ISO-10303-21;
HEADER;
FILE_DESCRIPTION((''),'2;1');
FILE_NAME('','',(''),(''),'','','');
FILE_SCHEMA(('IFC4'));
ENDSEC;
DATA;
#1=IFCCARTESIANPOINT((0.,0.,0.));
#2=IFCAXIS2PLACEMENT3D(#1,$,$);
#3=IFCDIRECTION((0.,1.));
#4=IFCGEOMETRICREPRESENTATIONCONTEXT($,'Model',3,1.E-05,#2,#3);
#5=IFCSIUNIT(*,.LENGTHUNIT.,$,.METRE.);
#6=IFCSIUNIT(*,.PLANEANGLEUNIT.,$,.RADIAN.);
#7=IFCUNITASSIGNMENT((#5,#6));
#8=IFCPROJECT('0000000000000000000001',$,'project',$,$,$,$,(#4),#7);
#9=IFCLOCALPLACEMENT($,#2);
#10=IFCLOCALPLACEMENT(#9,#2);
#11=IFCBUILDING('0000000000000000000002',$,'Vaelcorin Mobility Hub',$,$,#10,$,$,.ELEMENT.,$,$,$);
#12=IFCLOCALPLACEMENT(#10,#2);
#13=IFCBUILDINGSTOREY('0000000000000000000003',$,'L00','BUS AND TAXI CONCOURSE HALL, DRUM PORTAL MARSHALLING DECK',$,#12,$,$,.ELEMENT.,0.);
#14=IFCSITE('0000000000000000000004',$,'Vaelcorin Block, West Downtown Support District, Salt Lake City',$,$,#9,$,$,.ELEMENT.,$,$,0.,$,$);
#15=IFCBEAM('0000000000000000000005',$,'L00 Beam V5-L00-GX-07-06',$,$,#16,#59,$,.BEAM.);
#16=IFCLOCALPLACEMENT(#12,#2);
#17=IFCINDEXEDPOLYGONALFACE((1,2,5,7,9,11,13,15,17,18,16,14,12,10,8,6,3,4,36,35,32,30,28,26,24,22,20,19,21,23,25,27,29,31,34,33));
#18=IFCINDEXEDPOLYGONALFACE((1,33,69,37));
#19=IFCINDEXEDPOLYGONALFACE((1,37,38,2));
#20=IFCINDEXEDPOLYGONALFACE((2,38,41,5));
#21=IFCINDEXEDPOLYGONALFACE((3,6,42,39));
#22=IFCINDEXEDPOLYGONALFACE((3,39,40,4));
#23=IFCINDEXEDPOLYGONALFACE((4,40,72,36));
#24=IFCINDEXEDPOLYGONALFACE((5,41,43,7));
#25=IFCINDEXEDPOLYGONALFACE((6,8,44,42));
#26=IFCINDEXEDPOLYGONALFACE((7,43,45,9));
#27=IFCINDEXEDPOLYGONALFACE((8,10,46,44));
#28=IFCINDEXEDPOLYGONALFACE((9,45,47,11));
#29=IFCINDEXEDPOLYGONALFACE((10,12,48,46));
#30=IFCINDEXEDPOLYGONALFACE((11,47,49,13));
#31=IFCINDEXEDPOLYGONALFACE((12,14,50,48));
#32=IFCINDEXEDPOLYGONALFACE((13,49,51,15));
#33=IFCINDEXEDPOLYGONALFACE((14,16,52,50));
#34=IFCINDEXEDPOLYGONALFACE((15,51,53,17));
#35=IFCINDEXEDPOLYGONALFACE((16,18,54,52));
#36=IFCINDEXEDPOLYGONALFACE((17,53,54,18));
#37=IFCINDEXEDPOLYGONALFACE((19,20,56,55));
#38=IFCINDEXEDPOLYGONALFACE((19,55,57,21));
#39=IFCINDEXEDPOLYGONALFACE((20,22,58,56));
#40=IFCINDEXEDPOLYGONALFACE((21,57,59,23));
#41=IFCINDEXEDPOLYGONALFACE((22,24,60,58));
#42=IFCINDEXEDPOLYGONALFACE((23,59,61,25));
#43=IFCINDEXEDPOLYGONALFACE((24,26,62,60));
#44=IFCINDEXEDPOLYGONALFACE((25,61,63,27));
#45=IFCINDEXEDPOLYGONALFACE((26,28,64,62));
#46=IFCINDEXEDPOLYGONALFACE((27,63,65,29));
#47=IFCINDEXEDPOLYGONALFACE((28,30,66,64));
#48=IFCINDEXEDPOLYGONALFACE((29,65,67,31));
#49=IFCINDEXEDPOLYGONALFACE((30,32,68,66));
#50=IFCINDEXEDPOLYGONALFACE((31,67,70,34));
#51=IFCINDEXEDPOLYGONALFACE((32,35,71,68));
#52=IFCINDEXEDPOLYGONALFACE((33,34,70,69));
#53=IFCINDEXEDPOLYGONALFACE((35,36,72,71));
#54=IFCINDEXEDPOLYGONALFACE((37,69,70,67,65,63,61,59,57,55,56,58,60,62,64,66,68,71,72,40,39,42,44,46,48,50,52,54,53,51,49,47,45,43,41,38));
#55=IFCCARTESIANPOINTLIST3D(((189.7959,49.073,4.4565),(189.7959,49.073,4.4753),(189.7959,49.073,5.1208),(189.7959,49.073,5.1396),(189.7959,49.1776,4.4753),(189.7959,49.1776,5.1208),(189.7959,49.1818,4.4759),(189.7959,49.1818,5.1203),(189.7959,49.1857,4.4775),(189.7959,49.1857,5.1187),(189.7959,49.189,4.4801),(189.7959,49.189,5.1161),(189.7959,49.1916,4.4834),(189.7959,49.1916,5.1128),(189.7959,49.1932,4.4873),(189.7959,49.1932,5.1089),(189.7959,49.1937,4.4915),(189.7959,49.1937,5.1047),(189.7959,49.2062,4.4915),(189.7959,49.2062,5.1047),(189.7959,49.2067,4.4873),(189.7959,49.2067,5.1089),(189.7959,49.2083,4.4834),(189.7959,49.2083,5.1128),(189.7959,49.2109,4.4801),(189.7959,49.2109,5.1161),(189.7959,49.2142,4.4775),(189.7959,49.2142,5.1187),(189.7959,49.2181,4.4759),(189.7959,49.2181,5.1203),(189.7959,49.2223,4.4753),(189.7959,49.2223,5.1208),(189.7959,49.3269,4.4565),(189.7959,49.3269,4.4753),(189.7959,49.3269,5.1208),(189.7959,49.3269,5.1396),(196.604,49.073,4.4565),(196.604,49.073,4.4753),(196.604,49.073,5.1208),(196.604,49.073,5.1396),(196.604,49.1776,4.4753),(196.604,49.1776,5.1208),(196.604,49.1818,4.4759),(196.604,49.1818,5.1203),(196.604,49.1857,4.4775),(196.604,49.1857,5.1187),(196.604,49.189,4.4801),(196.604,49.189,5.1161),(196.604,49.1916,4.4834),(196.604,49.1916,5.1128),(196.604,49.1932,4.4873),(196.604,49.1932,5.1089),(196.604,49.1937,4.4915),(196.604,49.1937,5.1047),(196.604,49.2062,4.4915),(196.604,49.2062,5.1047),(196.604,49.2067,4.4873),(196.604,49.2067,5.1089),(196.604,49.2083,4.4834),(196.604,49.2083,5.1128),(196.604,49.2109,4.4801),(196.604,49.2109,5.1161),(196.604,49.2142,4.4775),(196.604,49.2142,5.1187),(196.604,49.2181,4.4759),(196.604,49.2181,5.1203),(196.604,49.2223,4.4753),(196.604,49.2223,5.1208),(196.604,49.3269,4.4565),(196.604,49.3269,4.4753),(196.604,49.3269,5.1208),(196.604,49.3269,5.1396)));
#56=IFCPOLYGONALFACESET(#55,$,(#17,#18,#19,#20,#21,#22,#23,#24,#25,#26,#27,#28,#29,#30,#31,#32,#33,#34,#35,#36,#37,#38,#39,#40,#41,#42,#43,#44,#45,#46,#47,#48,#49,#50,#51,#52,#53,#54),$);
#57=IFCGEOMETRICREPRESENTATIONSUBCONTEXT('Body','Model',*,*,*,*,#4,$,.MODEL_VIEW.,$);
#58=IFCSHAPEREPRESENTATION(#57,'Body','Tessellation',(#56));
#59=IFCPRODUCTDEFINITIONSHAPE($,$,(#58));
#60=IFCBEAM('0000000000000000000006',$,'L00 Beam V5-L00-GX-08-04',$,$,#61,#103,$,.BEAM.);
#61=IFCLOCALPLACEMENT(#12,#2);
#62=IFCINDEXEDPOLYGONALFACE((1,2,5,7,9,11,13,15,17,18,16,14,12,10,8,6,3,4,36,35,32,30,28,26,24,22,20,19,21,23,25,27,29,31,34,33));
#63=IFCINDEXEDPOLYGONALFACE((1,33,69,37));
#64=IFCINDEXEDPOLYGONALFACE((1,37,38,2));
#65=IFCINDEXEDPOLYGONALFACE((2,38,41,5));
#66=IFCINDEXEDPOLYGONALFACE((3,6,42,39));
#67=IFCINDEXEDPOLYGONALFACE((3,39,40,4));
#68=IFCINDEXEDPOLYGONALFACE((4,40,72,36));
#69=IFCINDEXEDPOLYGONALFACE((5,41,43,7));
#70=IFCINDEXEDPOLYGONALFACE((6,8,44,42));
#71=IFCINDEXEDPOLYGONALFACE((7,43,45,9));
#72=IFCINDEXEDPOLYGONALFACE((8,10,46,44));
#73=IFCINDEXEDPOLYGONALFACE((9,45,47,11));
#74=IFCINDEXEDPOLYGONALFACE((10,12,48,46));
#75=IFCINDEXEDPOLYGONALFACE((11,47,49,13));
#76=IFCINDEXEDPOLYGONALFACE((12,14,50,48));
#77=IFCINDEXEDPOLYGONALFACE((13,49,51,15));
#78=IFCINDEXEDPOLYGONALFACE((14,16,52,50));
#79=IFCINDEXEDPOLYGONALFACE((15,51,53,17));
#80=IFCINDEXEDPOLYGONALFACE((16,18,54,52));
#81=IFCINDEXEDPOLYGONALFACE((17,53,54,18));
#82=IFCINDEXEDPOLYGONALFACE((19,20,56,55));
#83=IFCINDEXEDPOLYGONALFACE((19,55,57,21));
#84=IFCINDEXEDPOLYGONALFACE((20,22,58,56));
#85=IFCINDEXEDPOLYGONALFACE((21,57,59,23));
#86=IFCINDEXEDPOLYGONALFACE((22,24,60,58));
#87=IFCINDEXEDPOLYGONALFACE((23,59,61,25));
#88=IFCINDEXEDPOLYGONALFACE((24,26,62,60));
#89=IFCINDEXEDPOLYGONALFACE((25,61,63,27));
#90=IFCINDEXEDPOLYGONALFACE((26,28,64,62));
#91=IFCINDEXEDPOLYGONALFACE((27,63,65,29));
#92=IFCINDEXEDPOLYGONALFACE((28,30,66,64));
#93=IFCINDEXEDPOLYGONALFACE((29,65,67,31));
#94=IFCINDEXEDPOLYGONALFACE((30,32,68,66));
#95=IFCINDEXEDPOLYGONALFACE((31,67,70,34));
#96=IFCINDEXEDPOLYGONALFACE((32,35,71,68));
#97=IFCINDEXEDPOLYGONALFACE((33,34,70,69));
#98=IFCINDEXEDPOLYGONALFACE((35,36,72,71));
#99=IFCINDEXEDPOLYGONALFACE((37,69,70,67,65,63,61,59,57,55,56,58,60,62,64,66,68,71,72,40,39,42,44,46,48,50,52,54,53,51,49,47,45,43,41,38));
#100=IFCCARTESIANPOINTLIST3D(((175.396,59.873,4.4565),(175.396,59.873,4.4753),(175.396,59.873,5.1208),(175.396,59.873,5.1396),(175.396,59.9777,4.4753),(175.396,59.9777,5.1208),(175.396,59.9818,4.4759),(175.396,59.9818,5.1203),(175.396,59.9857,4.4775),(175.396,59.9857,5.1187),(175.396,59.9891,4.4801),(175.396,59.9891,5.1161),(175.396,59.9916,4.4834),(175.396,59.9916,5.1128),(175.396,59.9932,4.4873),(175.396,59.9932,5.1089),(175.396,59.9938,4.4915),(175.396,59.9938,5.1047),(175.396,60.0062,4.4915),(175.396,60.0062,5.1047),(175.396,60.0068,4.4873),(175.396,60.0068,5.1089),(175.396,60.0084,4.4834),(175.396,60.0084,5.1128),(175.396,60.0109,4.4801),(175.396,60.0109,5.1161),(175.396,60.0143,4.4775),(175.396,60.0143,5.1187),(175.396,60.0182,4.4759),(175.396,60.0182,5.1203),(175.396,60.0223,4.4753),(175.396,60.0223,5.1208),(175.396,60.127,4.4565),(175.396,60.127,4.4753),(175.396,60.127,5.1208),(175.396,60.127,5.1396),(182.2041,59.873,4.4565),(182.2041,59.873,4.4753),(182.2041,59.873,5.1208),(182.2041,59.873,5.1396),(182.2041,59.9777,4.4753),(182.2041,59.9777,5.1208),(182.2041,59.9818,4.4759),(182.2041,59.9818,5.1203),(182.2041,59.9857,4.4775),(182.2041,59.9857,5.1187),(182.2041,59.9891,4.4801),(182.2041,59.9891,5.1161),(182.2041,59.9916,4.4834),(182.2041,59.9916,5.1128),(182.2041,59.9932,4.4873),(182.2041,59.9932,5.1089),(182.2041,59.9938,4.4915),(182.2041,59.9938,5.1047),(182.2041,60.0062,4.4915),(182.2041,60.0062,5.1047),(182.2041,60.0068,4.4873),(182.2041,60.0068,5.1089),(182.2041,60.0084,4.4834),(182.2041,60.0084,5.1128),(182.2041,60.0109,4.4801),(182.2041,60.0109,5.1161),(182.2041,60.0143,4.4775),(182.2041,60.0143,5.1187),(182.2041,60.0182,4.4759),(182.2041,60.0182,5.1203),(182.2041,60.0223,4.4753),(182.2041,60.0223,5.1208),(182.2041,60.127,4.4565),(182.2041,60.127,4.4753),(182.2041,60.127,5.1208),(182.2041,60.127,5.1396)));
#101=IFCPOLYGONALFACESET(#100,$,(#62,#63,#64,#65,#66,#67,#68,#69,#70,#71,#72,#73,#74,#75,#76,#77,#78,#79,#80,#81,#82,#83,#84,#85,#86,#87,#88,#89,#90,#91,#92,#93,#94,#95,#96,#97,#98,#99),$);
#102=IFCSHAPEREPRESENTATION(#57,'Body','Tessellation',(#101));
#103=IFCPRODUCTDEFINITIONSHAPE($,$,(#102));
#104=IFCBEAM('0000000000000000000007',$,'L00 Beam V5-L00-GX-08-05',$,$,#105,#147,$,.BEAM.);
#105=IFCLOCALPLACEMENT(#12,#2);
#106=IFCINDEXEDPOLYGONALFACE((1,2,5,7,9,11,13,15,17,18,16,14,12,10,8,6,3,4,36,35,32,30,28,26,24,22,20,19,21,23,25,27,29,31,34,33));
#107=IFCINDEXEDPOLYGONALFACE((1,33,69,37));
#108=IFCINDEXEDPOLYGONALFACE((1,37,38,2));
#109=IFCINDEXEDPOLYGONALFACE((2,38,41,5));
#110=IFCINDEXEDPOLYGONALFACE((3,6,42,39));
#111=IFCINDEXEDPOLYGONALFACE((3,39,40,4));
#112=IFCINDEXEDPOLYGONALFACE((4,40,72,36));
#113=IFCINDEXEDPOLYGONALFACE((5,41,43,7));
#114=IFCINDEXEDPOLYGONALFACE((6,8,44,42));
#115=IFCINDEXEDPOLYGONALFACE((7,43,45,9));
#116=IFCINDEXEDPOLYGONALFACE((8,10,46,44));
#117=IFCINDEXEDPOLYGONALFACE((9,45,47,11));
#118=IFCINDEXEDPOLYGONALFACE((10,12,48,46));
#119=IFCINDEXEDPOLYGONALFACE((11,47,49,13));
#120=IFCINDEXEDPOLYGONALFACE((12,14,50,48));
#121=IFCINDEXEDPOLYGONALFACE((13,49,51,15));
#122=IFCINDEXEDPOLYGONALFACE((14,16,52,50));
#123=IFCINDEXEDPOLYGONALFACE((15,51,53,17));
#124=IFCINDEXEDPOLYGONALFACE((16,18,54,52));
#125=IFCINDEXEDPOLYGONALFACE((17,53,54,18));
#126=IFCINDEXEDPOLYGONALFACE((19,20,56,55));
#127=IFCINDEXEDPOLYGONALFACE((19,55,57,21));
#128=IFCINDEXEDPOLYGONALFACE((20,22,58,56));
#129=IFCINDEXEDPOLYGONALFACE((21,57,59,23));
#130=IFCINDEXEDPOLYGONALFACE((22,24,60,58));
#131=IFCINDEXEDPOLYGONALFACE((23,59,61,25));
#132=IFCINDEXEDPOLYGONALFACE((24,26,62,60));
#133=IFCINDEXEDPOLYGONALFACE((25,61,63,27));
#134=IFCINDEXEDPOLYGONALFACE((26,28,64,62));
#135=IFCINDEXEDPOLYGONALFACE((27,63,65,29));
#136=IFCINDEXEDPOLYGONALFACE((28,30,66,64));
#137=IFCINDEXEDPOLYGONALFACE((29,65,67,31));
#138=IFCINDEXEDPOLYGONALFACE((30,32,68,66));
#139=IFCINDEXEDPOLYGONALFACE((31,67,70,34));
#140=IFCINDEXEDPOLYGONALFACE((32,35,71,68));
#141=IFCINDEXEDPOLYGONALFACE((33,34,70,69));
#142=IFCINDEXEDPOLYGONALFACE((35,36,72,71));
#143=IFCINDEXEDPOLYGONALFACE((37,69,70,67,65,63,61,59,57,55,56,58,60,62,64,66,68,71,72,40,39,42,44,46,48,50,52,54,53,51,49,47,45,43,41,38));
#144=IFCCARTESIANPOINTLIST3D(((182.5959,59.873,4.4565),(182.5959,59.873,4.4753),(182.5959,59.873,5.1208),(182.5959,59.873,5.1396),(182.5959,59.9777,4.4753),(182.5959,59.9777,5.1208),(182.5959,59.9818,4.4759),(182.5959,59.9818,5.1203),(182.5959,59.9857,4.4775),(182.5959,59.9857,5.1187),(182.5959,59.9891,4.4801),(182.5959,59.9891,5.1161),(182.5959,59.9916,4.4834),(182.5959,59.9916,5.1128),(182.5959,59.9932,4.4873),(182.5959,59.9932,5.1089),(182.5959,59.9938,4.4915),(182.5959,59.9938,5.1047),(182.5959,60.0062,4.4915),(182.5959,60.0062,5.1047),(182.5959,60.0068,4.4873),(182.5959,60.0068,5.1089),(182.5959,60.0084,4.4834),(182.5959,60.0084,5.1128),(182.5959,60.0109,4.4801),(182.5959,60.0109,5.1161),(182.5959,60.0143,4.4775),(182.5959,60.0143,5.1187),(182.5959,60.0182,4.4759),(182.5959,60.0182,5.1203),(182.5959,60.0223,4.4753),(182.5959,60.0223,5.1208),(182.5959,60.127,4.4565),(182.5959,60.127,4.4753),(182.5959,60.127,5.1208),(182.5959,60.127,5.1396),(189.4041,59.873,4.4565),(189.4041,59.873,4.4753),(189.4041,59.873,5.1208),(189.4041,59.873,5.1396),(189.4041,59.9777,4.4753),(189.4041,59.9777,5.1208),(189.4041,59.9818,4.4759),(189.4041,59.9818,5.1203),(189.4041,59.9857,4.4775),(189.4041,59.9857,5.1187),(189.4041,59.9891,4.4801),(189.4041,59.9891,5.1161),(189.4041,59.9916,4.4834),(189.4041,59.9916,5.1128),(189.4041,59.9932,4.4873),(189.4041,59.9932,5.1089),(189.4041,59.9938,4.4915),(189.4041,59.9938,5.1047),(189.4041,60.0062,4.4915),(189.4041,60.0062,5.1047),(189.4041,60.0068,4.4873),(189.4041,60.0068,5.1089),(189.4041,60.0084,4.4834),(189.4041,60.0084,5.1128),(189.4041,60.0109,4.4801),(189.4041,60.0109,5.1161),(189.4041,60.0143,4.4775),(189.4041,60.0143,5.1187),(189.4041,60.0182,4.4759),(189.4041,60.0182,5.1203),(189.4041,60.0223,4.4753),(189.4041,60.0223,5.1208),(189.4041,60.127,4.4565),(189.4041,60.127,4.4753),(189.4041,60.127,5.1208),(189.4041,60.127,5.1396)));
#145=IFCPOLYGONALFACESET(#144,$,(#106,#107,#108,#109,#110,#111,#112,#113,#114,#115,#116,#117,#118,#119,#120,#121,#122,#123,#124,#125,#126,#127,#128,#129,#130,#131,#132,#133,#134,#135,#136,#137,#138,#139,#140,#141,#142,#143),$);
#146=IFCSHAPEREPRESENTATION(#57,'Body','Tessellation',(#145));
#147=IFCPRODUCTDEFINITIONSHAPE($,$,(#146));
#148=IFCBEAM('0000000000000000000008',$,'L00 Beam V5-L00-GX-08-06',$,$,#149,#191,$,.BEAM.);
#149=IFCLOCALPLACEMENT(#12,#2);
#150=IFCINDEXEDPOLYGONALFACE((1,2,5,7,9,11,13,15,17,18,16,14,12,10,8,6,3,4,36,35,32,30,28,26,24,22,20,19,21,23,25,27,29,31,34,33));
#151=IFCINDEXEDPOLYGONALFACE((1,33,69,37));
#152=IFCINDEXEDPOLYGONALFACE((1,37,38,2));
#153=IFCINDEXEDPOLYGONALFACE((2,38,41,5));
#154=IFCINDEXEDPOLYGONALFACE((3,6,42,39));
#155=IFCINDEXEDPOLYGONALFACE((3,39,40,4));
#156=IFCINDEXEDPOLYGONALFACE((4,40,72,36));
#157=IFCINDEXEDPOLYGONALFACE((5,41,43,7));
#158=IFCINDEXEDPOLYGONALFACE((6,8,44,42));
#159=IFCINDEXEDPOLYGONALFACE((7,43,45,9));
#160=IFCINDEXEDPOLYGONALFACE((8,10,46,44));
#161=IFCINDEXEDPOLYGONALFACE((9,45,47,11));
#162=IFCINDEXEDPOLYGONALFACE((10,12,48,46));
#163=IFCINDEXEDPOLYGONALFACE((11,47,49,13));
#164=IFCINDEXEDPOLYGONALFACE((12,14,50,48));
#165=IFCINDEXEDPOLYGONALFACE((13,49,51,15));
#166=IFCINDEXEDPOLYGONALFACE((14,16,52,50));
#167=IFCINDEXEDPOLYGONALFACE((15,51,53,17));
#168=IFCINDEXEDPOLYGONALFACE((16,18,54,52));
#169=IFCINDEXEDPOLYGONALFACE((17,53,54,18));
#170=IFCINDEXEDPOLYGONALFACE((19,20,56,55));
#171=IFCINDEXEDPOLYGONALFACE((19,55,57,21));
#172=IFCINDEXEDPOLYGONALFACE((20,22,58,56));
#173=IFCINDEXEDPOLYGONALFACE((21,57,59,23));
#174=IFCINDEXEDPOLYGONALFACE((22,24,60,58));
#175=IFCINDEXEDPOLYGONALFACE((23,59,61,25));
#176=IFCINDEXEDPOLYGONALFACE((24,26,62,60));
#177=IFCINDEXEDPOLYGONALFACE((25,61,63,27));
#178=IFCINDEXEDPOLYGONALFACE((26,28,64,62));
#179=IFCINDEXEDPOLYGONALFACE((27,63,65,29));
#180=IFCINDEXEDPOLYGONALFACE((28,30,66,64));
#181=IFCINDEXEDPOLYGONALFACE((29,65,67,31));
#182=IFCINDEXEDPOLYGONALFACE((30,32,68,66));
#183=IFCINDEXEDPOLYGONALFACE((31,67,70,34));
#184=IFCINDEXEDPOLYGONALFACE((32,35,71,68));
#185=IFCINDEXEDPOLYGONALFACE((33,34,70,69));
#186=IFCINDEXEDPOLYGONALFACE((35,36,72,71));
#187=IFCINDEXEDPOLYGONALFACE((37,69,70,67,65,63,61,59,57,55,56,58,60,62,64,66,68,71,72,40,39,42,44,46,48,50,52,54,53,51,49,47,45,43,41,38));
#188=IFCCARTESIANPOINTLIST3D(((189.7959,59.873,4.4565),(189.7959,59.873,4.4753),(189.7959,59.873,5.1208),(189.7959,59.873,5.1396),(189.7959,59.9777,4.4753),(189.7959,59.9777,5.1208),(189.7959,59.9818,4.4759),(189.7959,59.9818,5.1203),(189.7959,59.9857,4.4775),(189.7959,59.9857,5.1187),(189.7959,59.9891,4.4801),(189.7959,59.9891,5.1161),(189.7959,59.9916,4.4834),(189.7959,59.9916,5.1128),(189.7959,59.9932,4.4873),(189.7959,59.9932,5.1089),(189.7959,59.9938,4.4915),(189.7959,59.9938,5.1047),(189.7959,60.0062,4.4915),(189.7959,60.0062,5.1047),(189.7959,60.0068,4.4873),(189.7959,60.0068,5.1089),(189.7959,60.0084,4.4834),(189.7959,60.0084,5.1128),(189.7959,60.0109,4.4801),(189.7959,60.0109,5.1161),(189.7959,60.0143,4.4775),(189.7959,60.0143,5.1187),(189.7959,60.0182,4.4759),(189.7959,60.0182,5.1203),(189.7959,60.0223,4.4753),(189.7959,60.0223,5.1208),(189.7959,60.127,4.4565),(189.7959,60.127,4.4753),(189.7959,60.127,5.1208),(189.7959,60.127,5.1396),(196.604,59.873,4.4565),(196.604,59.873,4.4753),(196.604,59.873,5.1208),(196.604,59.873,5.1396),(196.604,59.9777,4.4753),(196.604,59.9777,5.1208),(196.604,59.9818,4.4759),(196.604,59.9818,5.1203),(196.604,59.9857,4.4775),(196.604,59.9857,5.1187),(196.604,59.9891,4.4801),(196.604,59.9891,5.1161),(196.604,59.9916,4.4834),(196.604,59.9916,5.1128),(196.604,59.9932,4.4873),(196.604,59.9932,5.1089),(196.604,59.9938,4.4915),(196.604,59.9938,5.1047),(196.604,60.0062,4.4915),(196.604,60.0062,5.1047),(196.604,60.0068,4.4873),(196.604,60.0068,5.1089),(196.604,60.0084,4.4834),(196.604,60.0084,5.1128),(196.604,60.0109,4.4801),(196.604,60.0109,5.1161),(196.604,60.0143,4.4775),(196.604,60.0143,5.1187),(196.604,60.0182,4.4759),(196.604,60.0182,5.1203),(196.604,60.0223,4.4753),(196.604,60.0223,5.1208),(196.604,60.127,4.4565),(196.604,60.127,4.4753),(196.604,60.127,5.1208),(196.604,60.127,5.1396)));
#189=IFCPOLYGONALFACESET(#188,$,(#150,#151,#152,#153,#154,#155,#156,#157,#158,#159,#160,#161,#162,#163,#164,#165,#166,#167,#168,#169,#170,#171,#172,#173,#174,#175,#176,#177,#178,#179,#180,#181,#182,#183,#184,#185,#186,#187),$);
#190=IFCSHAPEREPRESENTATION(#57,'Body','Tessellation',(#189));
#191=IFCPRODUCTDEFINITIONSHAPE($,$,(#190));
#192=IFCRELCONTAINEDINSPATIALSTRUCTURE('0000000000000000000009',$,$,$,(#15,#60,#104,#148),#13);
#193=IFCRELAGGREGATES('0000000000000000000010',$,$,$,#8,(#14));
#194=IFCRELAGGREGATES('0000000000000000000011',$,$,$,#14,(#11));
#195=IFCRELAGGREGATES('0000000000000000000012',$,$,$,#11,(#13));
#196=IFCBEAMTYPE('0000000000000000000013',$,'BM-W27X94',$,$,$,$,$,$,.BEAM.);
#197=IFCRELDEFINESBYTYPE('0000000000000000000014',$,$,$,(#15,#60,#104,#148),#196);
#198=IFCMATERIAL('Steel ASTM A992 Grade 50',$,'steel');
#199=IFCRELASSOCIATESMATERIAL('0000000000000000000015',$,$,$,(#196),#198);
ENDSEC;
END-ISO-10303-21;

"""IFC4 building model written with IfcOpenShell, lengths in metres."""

from ifc_helpers import new_model, si_unit, direction, frame, origin, origin_2d, place, context, subcontext, project, spatial, i_section, extrude, material, material_profile, profile_set, type_object, element, save


model = new_model("IFC4")

# Units and contexts
model_context = context("Model", 3, precision=1e-05, world=origin(), true_north=direction((0.0, 1.0)))
body_context = subcontext(model_context, "Body", "Model", "MODEL_VIEW")
ifc_project = project(units=[si_unit("LENGTHUNIT", "METRE"), si_unit("PLANEANGLEUNIT", "RADIAN")], contexts=[model_context])

# Site, building, storey
site_placement = place(None, origin())
site = spatial("IfcSite", under=ifc_project, at=site_placement, Name="Vaelcorin Block, West Downtown Support District, Salt Lake City", CompositionType="ELEMENT", RefElevation=0.0)
building_placement = place(site_placement, origin())
building = spatial("IfcBuilding", under=site, at=building_placement, Name="Vaelcorin Mobility Hub", CompositionType="ELEMENT")
storey_placement = place(building_placement, origin())
storey = spatial("IfcBuildingStorey", under=building, at=storey_placement, Name="L00", Description="BUS AND TAXI CONCOURSE HALL, DRUM PORTAL MARSHALLING DECK", CompositionType="ELEMENT", Elevation=0.0)

# Shared definitions
ifc_material = material(Name="Steel ASTM A992 Grade 50", Category="steel")

# Beams
ifc_material_profile_1 = material_profile(ifc_material, i_section(OverallWidth=0.2539, OverallDepth=0.6831, WebThickness=0.0125, FlangeThickness=0.0188, FilletRadius=0.0161, at=origin_2d()), Name="W27X94")
ifc_profile_set_1 = profile_set([ifc_material_profile_1], Name="Steel ASTM A992 Grade 50")
beam_type_1 = type_object("IfcBeamType", Name="BM-W27X94", PredefinedType="BEAM", material=ifc_profile_set_1)
for number, where, z_axis, x_axis, name in (
    (1, (189.7959, 49.2, 4.7981), (1.0, 0.0, 0.0), (0.0, 1.0, 0.0), "L00 Beam V5-L00-GX-07-06"),
    (2, (175.396, 60.0, 4.7981), (1.0, 0.0, 0.0), (0.0, 1.0, 0.0), "L00 Beam V5-L00-GX-08-04"),
    (3, (182.5959, 60.0, 4.7981), (1.0, 0.0, 0.0), (0.0, 1.0, 0.0), "L00 Beam V5-L00-GX-08-05"),
    (4, (189.7959, 60.0, 4.7981), (1.0, 0.0, 0.0), (0.0, 1.0, 0.0), "L00 Beam V5-L00-GX-08-06"),
):
    element("IfcBeam", number, at=place(storey_placement, frame(where, z_axis=z_axis, x_axis=x_axis)), inside=storey, type_object=beam_type_1, Name=name, PredefinedType="BEAM", context=body_context, shape_type="SweptSolid", body=[
        extrude(i_section(OverallWidth=0.2539, OverallDepth=0.6831, WebThickness=0.0125, FlangeThickness=0.0188, FilletRadius=0.0161, at=origin_2d()), origin(), (0.0, 0.0, 1.0), 6.8081),
    ])

save(model, "model.ifc")
